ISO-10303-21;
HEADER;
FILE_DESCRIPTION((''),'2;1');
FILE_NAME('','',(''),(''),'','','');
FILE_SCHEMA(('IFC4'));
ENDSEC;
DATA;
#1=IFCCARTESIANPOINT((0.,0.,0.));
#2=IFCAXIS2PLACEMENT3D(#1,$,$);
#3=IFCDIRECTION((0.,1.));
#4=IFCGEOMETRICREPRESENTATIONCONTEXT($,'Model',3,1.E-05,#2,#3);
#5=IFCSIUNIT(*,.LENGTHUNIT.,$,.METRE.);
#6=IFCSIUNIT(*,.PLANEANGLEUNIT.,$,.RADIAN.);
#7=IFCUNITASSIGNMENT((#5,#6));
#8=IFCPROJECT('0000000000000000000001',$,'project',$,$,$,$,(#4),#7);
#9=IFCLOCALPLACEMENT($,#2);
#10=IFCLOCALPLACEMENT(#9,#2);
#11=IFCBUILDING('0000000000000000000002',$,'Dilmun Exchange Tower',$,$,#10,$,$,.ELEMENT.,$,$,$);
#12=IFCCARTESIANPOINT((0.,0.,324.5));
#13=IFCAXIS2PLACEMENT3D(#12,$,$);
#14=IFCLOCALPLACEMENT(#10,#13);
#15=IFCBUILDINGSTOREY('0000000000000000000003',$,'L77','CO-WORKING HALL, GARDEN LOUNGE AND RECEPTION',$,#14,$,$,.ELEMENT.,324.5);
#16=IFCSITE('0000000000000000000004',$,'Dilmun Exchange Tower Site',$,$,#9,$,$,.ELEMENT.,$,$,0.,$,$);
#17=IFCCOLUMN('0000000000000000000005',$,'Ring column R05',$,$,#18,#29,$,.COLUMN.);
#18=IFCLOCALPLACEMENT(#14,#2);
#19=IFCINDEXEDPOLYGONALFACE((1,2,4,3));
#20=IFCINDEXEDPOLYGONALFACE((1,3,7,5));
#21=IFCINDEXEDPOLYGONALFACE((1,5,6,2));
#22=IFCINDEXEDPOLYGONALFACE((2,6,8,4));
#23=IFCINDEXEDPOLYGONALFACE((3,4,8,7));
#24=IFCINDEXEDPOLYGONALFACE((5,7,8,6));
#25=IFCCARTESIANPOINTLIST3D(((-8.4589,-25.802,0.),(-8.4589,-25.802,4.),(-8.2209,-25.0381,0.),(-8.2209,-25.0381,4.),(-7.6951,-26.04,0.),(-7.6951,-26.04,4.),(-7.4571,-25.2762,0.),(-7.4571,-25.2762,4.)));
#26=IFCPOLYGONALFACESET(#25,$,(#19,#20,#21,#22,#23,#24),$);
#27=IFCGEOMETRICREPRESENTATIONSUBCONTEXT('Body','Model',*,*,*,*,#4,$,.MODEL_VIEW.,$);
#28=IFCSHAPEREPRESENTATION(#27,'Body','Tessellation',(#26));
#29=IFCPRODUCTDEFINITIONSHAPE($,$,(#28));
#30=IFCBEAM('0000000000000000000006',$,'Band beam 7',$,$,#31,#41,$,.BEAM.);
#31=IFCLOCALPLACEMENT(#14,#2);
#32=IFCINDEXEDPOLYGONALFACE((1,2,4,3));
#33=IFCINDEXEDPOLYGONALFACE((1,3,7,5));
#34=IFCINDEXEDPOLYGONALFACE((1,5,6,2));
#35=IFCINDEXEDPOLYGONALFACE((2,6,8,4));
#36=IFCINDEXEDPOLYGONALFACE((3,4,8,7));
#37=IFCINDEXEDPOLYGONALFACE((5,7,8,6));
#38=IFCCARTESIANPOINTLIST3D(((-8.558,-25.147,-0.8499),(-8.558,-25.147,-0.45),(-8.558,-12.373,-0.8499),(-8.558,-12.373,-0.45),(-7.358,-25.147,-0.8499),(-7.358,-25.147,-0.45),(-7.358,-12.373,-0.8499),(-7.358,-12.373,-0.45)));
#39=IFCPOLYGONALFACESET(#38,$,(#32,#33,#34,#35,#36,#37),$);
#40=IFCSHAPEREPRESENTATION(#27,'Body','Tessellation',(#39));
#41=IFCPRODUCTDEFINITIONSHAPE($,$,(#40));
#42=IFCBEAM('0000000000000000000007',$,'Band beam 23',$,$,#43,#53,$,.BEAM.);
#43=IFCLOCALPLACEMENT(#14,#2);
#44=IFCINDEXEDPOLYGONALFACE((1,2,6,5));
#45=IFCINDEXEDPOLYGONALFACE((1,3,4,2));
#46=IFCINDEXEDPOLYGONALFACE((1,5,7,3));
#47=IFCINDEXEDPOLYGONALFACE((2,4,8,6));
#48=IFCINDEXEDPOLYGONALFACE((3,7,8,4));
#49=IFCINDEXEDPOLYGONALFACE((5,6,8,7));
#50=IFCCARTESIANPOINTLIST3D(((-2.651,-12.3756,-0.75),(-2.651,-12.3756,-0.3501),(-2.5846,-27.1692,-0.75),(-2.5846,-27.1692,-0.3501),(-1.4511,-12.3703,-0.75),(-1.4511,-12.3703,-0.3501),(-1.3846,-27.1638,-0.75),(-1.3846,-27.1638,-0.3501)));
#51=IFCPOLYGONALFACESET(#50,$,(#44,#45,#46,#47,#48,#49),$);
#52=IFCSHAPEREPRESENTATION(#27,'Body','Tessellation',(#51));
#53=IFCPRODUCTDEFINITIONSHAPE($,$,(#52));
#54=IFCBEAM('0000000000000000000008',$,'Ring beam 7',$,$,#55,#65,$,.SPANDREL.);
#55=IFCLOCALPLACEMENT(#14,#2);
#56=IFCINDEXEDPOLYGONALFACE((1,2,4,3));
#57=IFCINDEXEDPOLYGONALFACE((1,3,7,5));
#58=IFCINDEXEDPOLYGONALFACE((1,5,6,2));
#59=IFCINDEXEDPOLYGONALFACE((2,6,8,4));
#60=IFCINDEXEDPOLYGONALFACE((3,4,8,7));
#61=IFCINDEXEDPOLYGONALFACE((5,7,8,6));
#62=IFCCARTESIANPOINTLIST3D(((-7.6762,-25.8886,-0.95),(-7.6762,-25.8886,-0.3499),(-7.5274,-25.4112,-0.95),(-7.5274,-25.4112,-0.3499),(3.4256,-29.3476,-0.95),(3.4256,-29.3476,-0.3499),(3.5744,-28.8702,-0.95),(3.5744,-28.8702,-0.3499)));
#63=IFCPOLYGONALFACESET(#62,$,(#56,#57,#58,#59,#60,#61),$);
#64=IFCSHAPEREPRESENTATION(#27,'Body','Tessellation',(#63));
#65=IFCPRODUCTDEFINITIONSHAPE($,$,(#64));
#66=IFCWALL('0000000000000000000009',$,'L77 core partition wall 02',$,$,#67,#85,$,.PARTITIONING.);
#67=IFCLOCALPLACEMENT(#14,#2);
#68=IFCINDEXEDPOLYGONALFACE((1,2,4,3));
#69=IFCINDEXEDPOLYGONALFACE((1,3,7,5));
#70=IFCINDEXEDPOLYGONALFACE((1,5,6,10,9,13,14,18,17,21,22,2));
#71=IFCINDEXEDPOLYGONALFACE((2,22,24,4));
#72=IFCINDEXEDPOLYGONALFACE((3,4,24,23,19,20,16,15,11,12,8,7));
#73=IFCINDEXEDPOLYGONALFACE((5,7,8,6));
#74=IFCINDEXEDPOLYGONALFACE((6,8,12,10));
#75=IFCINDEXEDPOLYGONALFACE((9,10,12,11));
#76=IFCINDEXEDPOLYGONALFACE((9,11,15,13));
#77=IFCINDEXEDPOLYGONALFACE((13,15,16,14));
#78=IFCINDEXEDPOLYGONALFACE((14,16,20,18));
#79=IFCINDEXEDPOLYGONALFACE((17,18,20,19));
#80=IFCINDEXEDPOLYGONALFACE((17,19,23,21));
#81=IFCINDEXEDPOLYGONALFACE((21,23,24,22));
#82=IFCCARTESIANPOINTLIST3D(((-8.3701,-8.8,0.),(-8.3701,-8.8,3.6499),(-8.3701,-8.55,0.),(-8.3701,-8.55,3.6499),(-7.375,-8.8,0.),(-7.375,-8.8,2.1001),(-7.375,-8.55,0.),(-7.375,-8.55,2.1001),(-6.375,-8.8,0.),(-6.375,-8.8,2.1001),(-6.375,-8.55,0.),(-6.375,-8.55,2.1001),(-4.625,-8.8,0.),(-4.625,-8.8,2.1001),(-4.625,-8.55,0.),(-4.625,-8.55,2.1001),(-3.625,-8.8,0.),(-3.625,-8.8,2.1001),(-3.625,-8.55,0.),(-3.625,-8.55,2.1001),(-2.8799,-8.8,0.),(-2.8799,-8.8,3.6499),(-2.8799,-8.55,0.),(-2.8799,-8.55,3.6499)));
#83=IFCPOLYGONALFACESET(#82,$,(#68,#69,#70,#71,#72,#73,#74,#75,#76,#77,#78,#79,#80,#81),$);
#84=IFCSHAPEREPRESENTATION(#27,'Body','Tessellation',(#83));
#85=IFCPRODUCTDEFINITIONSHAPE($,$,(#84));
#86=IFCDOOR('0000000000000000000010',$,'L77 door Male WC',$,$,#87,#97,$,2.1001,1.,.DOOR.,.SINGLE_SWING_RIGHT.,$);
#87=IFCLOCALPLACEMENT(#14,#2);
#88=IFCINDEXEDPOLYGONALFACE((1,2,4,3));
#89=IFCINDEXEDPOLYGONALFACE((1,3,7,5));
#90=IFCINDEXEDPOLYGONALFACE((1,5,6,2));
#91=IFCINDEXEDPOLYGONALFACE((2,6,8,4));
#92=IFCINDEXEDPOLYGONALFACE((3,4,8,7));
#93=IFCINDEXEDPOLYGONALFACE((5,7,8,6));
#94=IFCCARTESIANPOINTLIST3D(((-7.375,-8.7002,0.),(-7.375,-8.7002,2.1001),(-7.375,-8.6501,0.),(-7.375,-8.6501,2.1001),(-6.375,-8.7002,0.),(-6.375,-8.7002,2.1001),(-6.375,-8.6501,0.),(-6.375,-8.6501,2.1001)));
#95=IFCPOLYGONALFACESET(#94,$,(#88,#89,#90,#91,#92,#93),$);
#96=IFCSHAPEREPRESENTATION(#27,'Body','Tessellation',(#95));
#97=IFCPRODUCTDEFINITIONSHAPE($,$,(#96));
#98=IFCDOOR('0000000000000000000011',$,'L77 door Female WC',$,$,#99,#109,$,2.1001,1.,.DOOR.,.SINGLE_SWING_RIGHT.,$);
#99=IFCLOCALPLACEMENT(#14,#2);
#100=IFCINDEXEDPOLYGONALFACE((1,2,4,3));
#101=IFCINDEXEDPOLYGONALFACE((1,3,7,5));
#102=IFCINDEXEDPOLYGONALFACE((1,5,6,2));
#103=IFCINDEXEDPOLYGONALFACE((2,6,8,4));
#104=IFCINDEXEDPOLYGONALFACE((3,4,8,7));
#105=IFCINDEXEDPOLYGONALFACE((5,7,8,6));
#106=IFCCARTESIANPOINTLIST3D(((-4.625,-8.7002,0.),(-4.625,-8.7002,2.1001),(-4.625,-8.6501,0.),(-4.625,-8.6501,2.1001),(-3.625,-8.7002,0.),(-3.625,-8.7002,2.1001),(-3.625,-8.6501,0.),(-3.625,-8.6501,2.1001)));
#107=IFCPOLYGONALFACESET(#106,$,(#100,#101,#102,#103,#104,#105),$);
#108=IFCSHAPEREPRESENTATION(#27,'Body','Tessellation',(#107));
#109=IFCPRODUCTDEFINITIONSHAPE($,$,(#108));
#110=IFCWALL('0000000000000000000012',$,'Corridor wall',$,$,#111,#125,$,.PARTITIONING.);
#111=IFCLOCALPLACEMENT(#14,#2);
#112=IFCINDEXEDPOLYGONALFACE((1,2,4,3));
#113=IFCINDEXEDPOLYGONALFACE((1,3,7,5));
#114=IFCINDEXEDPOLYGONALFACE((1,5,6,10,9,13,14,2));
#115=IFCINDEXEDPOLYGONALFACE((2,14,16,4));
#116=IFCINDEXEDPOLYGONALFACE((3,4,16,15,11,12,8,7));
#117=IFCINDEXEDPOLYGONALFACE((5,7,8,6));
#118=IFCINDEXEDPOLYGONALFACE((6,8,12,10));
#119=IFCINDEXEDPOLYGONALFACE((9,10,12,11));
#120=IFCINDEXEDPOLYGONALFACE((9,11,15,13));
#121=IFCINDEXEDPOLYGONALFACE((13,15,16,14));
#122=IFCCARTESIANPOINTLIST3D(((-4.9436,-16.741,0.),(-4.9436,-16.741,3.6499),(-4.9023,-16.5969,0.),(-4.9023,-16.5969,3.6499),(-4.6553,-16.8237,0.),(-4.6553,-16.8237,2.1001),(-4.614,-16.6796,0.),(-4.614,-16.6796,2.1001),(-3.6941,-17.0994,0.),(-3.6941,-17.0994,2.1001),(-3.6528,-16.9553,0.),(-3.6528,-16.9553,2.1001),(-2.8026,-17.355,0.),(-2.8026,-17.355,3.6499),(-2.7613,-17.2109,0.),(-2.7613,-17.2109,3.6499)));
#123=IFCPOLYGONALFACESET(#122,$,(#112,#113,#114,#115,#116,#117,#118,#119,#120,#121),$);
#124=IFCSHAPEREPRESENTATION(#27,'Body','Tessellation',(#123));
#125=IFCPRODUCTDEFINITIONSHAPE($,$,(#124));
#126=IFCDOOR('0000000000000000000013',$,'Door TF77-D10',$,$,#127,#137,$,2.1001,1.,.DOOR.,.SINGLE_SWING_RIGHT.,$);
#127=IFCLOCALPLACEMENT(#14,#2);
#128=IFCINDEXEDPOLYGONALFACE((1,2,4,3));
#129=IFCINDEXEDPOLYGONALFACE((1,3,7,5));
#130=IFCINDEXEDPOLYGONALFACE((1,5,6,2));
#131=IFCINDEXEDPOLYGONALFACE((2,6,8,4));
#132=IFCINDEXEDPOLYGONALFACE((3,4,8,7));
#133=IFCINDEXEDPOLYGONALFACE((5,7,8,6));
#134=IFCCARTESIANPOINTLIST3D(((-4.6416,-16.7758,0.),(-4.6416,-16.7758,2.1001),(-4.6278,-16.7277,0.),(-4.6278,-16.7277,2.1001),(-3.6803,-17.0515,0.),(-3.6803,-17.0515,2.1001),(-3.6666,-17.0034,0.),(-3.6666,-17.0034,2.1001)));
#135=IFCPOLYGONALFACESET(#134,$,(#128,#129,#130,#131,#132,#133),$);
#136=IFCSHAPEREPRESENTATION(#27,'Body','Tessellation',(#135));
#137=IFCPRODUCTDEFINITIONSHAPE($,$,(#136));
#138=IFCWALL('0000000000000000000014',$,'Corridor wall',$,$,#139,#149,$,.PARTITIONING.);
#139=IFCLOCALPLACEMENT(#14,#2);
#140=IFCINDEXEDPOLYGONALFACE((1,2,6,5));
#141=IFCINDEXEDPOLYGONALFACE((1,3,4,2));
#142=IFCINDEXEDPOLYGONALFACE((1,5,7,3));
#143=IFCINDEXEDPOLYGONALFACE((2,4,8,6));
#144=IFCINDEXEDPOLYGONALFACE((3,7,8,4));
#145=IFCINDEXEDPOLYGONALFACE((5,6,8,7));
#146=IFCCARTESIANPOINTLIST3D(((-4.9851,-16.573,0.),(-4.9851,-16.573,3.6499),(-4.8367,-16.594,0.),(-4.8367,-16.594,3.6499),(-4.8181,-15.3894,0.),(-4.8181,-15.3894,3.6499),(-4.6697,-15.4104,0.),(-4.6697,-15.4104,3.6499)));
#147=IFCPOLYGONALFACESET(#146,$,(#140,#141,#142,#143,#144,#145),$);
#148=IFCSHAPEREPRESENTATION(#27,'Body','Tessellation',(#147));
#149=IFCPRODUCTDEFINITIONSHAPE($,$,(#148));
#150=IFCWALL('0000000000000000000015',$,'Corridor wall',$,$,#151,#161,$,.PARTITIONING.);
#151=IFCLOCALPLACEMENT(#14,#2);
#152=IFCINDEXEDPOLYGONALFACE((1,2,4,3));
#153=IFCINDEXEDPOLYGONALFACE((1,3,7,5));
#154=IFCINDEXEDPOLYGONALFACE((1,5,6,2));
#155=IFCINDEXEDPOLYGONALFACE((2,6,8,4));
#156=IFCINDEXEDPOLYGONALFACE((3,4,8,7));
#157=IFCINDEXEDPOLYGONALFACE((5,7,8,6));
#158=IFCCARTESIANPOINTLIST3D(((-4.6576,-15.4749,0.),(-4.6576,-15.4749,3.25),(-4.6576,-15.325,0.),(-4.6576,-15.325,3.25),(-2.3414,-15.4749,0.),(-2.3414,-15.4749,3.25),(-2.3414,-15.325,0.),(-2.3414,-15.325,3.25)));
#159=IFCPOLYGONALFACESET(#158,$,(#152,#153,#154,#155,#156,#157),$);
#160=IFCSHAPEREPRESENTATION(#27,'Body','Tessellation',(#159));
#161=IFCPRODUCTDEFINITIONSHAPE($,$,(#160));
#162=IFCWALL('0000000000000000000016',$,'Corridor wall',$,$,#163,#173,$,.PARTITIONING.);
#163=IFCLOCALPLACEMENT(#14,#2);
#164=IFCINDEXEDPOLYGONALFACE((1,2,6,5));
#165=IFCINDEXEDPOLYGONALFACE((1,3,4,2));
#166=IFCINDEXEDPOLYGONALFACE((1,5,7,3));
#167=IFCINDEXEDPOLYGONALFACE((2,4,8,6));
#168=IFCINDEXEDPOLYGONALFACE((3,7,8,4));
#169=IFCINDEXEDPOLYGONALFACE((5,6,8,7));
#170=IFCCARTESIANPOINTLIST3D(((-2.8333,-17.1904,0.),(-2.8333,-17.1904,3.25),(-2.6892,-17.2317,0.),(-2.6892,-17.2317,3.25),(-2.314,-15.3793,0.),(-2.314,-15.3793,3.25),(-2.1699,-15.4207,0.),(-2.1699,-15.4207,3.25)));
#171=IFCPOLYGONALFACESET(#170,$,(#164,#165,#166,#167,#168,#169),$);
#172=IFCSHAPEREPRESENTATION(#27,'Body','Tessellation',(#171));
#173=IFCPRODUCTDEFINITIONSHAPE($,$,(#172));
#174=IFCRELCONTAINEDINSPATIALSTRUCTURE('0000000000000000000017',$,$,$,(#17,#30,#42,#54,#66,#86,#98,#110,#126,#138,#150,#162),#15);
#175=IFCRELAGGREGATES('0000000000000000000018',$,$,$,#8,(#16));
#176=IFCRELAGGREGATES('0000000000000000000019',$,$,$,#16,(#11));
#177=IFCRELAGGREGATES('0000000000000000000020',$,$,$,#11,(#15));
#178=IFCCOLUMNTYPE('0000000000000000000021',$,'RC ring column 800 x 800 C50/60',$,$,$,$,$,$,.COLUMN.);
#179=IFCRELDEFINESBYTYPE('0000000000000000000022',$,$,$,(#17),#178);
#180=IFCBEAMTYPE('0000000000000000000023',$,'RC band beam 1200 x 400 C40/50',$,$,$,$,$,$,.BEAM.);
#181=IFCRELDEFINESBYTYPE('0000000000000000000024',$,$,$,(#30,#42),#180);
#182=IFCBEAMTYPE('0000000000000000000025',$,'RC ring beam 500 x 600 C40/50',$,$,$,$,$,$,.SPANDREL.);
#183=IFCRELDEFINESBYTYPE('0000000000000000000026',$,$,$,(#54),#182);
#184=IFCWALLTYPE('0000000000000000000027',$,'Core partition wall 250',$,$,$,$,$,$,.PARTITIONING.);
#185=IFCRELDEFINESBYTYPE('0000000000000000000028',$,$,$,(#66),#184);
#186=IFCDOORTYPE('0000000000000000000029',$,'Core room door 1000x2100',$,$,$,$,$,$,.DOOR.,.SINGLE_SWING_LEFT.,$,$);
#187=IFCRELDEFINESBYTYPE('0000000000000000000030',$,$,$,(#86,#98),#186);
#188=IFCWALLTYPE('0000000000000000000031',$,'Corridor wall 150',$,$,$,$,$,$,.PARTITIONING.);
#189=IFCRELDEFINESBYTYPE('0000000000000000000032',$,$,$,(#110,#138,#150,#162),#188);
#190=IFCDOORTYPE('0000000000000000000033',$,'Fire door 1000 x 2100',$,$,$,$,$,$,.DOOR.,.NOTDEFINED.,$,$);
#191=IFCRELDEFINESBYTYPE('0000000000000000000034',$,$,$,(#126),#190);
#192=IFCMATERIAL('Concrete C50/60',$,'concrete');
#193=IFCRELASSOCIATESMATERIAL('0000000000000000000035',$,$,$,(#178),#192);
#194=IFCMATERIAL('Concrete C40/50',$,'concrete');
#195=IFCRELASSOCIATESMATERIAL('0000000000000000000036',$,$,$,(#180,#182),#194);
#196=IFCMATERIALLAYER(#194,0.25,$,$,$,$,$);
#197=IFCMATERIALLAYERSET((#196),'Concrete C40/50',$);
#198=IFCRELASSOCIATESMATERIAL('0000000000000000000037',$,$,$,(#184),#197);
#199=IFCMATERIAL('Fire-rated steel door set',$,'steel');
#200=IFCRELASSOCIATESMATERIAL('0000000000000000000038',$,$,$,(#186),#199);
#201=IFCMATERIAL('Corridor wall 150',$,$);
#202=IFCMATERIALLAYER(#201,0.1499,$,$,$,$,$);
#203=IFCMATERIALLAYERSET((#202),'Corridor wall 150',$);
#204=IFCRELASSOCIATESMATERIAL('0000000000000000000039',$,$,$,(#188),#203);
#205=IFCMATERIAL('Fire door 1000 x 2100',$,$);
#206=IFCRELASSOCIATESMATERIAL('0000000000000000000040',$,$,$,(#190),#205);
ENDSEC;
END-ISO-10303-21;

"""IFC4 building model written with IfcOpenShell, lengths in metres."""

from ifc_helpers import new_model, si_unit, direction, frame, frame_2d, origin, origin_2d, place, context, subcontext, project, spatial, rectangle, extrude, material, layer, layer_set, material_profile, profile_set, type_object, element, fill, save


model = new_model("IFC4")

# Units and contexts
model_context = context("Model", 3, precision=1e-05, world=origin(), true_north=direction((0.0, 1.0)))
body_context = subcontext(model_context, "Body", "Model", "MODEL_VIEW")
ifc_project = project(units=[si_unit("LENGTHUNIT", "METRE"), si_unit("PLANEANGLEUNIT", "RADIAN")], contexts=[model_context])

# Site, building, storey
site_placement = place(None, origin())
site = spatial("IfcSite", under=ifc_project, at=site_placement, Name="Dilmun Exchange Tower Site", CompositionType="ELEMENT", RefElevation=0.0)
building_placement = place(site_placement, origin())
building = spatial("IfcBuilding", under=site, at=building_placement, Name="Dilmun Exchange Tower", CompositionType="ELEMENT")
storey_placement = place(building_placement, frame((0.0, 0.0, 324.5)))
storey = spatial("IfcBuildingStorey", under=building, at=storey_placement, Name="L77", Description="CO-WORKING HALL, GARDEN LOUNGE AND RECEPTION", CompositionType="ELEMENT", Elevation=324.5)

# Column
ifc_material_1 = material(Name="Concrete C50/60", Category="concrete")
ifc_material_profile_1 = material_profile(ifc_material_1, rectangle(XDim=0.8, YDim=0.8, at=origin_2d()), Name="800 x 800")
ifc_profile_set_1 = profile_set([ifc_material_profile_1], Name="Concrete C50/60")
column_type = type_object("IfcColumnType", Name="RC ring column 800 x 800 C50/60", PredefinedType="COLUMN", material=ifc_profile_set_1)
column_placement = place(storey_placement, frame((-7.958, -25.5391, 0.0), z_axis=(0.0, 0.0, 1.0), x_axis=(0.297503, 0.954721, 0.0)))
element("IfcColumn", 1, at=column_placement, inside=storey, type_object=column_type, Name="Ring column R05", PredefinedType="COLUMN", context=body_context, shape_type="SweptSolid", body=[
    extrude(rectangle(XDim=0.8, YDim=0.8, at=origin_2d()), origin(), (0.0, 0.0, 1.0), 4.0),
])

# Beams
ifc_material_2 = material(Name="Concrete C40/50", Category="concrete")
ifc_material_profile_2 = material_profile(ifc_material_2, rectangle(XDim=1.2, YDim=0.3999, at=origin_2d()), Name="1200 x 400")
ifc_profile_set_2 = profile_set([ifc_material_profile_2], Name="Concrete C40/50")
beam_type_1 = type_object("IfcBeamType", Name="RC band beam 1200 x 400 C40/50", PredefinedType="BEAM", material=ifc_profile_set_2)
beam_1_placement = place(storey_placement, frame((-7.958, -25.147, -0.6499), z_axis=(0.0, 1.0, 0.0), x_axis=(-1.0, 0.0, 0.0)))
element("IfcBeam", 2, at=beam_1_placement, inside=storey, type_object=beam_type_1, Name="Band beam 7", PredefinedType="BEAM", context=body_context, shape_type="SweptSolid", body=[
    extrude(rectangle(XDim=1.2, YDim=0.3999, at=origin_2d()), origin(), (0.0, 0.0, 1.0), 12.7739),
])
beam_2_placement = place(storey_placement, frame((-1.9846, -27.1665, -0.55), z_axis=(-0.004489, 0.99999, 0.0), x_axis=(-0.99999, -0.004489, 0.0)))
element("IfcBeam", 3, at=beam_2_placement, inside=storey, type_object=beam_type_1, Name="Band beam 23", PredefinedType="BEAM", context=body_context, shape_type="SweptSolid", body=[
    extrude(rectangle(XDim=1.2, YDim=0.3999, at=origin_2d()), origin(), (0.0, 0.0, 1.0), 14.7937),
])
ifc_material_profile_3 = material_profile(ifc_material_2, rectangle(XDim=0.5, YDim=0.6001, at=origin_2d()), Name="500 x 600")
ifc_profile_set_3 = profile_set([ifc_material_profile_3], Name="Concrete C40/50")
beam_type_2 = type_object("IfcBeamType", Name="RC ring beam 500 x 600 C40/50", PredefinedType="SPANDREL", material=ifc_profile_set_3)
beam_3_placement = place(storey_placement, frame((-7.6018, -25.6499, -0.6499), z_axis=(0.954733, -0.297466, 0.0), x_axis=(0.297466, 0.954733, 0.0)))
element("IfcBeam", 4, at=beam_3_placement, inside=storey, type_object=beam_type_2, Name="Ring beam 7", PredefinedType="SPANDREL", context=body_context, shape_type="SweptSolid", body=[
    extrude(rectangle(XDim=0.5, YDim=0.6001, at=origin_2d()), origin(), (0.0, 0.0, 1.0), 11.6282),
])

# Wall, openings, doors
ifc_layer_1 = layer(ifc_material_2, 0.25)
ifc_layer_set_1 = layer_set([ifc_layer_1], Name="Concrete C40/50")
wall_type_1 = type_object("IfcWallType", Name="Core partition wall 250", PredefinedType="PARTITIONING", material=ifc_layer_set_1)
wall_1_placement = place(storey_placement, frame((-8.3701, -8.675, 0.0), z_axis=(0.0, 0.0, 1.0), x_axis=(1.0, 0.0, 0.0)))
wall_1 = element("IfcWall", 5, at=wall_1_placement, inside=storey, type_object=wall_type_1, Name="L77 core partition wall 02", PredefinedType="PARTITIONING", context=body_context, shape_type="SweptSolid", body=[
    extrude(rectangle(XDim=5.4902, YDim=0.25, at=frame_2d((2.7451, 0.0))), origin(), (0.0, 0.0, 1.0), 3.6499),
])
opening_1_placement = place(wall_1_placement, frame((0.9951, 0.0, 0.0)))
opening_1 = element("IfcOpeningElement", 6, at=opening_1_placement, cuts=wall_1, PredefinedType="OPENING", context=body_context, shape_type="SweptSolid", body=[
    extrude(rectangle(XDim=1.0, YDim=2.1001, at=frame_2d((0.5, 1.05))), frame((0.0, 0.135, 0.0), z_axis=(0.0, -1.0, 0.0), x_axis=(1.0, 0.0, 0.0)), (0.0, 0.0, 1.0), 0.27),
])
opening_2_placement = place(wall_1_placement, frame((3.7451, 0.0, 0.0)))
opening_2 = element("IfcOpeningElement", 7, at=opening_2_placement, cuts=wall_1, PredefinedType="OPENING", context=body_context, shape_type="SweptSolid", body=[
    extrude(rectangle(XDim=1.0, YDim=2.1001, at=frame_2d((0.5, 1.05))), frame((0.0, 0.135, 0.0), z_axis=(0.0, -1.0, 0.0), x_axis=(1.0, 0.0, 0.0)), (0.0, 0.0, 1.0), 0.27),
])
ifc_material_3 = material(Name="Fire-rated steel door set", Category="steel")
door_type_1 = type_object("IfcDoorType", Name="Core room door 1000x2100", OperationType="SINGLE_SWING_LEFT", PredefinedType="DOOR", material=ifc_material_3)
door_1_placement = place(opening_1_placement, origin())
door_1 = element("IfcDoor", 8, at=door_1_placement, inside=storey, type_object=door_type_1, Name="L77 door Male WC", OperationType="SINGLE_SWING_RIGHT", OverallHeight=2.1001, OverallWidth=1.0, PredefinedType="DOOR", context=body_context, shape_type="SweptSolid", body=[
    extrude(rectangle(XDim=1.0, YDim=2.1001, at=frame_2d((0.5, 1.05))), frame((0.0, 0.0249, 0.0), z_axis=(0.0, -1.0, 0.0), x_axis=(1.0, 0.0, 0.0)), (0.0, 0.0, 1.0), 0.05),
])
fill(opening_1, door_1)
door_2_placement = place(opening_2_placement, origin())
door_2 = element("IfcDoor", 9, at=door_2_placement, inside=storey, type_object=door_type_1, Name="L77 door Female WC", OperationType="SINGLE_SWING_RIGHT", OverallHeight=2.1001, OverallWidth=1.0, PredefinedType="DOOR", context=body_context, shape_type="SweptSolid", body=[
    extrude(rectangle(XDim=1.0, YDim=2.1001, at=frame_2d((0.5, 1.05))), frame((0.0, 0.0249, 0.0), z_axis=(0.0, -1.0, 0.0), x_axis=(1.0, 0.0, 0.0)), (0.0, 0.0, 1.0), 0.05),
])
fill(opening_2, door_2)

# Wall, opening, door
ifc_material_4 = material(Name="Corridor wall 150")
ifc_layer_2 = layer(ifc_material_4, 0.1499)
ifc_layer_set_2 = layer_set([ifc_layer_2], Name="Corridor wall 150")
wall_type_2 = type_object("IfcWallType", Name="Corridor wall 150", PredefinedType="PARTITIONING", material=ifc_layer_set_2)
wall_2_placement = place(storey_placement, frame((-4.9231, -16.6689, 0.0), z_axis=(0.0, 0.0, 1.0), x_axis=(0.961255, -0.275662, 0.0)))
wall_2 = element("IfcWall", 10, at=wall_2_placement, inside=storey, type_object=wall_type_2, Name="Corridor wall", PredefinedType="PARTITIONING", context=body_context, shape_type="SweptSolid", body=[
    extrude(rectangle(XDim=2.2273, YDim=0.1499, at=frame_2d((1.1138, 0.0))), origin(), (0.0, 0.0, 1.0), 3.6499),
])
opening_3_placement = place(wall_2_placement, frame((0.3, 0.0, 0.0)))
opening_3 = element("IfcOpeningElement", 11, at=opening_3_placement, cuts=wall_2, PredefinedType="OPENING", context=body_context, shape_type="SweptSolid", body=[
    extrude(rectangle(XDim=1.0, YDim=2.1001, at=frame_2d((0.5, 1.05))), frame((0.0, 0.085, 0.0), z_axis=(0.0, -1.0, 0.0), x_axis=(1.0, 0.0, 0.0)), (0.0, 0.0, 1.0), 0.1699),
])
ifc_material_5 = material(Name="Fire door 1000 x 2100")
door_type_2 = type_object("IfcDoorType", Name="Fire door 1000 x 2100", OperationType="NOTDEFINED", PredefinedType="DOOR", material=ifc_material_5)
door_3_placement = place(opening_3_placement, origin())
door_3 = element("IfcDoor", 12, at=door_3_placement, inside=storey, type_object=door_type_2, Name="Door TF77-D10", OperationType="SINGLE_SWING_RIGHT", OverallHeight=2.1001, OverallWidth=1.0, PredefinedType="DOOR", context=body_context, shape_type="SweptSolid", body=[
    extrude(rectangle(XDim=1.0, YDim=2.1001, at=frame_2d((0.5, 1.05))), frame((0.0, 0.0249, 0.0), z_axis=(0.0, -1.0, 0.0), x_axis=(1.0, 0.0, 0.0)), (0.0, 0.0, 1.0), 0.05),
])
fill(opening_3, door_3)

# Walls
wall_3_placement = place(storey_placement, frame((-4.9109, -16.5835, 0.0), z_axis=(0.0, 0.0, 1.0), x_axis=(0.139705, 0.990193, 0.0)))
element("IfcWall", 13, at=wall_3_placement, inside=storey, type_object=wall_type_2, Name="Corridor wall", PredefinedType="PARTITIONING", context=body_context, shape_type="SweptSolid", body=[
    extrude(rectangle(XDim=1.1953, YDim=0.1499, at=frame_2d((0.5977, 0.0))), origin(), (0.0, 0.0, 1.0), 3.6499),
])
wall_4_placement = place(storey_placement, frame((-4.6577, -15.3999, 0.0), z_axis=(0.0, 0.0, 1.0), x_axis=(1.0, 0.0, 0.0)))
element("IfcWall", 14, at=wall_4_placement, inside=storey, type_object=wall_type_2, Name="Corridor wall", PredefinedType="PARTITIONING", context=body_context, shape_type="SweptSolid", body=[
    extrude(rectangle(XDim=2.3162, YDim=0.1499, at=frame_2d((1.1582, 0.0))), origin(), (0.0, 0.0, 1.0), 3.25),
])
wall_5_placement = place(storey_placement, frame((-2.7612, -17.2109, 0.0), z_axis=(0.0, 0.0, 1.0), x_axis=(0.275628, 0.961264, 0.0)))
element("IfcWall", 15, at=wall_5_placement, inside=storey, type_object=wall_type_2, Name="Corridor wall", PredefinedType="PARTITIONING", context=body_context, shape_type="SweptSolid", body=[
    extrude(rectangle(XDim=1.884, YDim=0.1499, at=frame_2d((0.9419, 0.0))), origin(), (0.0, 0.0, 1.0), 3.25),
])

save(model, "model.ifc")
